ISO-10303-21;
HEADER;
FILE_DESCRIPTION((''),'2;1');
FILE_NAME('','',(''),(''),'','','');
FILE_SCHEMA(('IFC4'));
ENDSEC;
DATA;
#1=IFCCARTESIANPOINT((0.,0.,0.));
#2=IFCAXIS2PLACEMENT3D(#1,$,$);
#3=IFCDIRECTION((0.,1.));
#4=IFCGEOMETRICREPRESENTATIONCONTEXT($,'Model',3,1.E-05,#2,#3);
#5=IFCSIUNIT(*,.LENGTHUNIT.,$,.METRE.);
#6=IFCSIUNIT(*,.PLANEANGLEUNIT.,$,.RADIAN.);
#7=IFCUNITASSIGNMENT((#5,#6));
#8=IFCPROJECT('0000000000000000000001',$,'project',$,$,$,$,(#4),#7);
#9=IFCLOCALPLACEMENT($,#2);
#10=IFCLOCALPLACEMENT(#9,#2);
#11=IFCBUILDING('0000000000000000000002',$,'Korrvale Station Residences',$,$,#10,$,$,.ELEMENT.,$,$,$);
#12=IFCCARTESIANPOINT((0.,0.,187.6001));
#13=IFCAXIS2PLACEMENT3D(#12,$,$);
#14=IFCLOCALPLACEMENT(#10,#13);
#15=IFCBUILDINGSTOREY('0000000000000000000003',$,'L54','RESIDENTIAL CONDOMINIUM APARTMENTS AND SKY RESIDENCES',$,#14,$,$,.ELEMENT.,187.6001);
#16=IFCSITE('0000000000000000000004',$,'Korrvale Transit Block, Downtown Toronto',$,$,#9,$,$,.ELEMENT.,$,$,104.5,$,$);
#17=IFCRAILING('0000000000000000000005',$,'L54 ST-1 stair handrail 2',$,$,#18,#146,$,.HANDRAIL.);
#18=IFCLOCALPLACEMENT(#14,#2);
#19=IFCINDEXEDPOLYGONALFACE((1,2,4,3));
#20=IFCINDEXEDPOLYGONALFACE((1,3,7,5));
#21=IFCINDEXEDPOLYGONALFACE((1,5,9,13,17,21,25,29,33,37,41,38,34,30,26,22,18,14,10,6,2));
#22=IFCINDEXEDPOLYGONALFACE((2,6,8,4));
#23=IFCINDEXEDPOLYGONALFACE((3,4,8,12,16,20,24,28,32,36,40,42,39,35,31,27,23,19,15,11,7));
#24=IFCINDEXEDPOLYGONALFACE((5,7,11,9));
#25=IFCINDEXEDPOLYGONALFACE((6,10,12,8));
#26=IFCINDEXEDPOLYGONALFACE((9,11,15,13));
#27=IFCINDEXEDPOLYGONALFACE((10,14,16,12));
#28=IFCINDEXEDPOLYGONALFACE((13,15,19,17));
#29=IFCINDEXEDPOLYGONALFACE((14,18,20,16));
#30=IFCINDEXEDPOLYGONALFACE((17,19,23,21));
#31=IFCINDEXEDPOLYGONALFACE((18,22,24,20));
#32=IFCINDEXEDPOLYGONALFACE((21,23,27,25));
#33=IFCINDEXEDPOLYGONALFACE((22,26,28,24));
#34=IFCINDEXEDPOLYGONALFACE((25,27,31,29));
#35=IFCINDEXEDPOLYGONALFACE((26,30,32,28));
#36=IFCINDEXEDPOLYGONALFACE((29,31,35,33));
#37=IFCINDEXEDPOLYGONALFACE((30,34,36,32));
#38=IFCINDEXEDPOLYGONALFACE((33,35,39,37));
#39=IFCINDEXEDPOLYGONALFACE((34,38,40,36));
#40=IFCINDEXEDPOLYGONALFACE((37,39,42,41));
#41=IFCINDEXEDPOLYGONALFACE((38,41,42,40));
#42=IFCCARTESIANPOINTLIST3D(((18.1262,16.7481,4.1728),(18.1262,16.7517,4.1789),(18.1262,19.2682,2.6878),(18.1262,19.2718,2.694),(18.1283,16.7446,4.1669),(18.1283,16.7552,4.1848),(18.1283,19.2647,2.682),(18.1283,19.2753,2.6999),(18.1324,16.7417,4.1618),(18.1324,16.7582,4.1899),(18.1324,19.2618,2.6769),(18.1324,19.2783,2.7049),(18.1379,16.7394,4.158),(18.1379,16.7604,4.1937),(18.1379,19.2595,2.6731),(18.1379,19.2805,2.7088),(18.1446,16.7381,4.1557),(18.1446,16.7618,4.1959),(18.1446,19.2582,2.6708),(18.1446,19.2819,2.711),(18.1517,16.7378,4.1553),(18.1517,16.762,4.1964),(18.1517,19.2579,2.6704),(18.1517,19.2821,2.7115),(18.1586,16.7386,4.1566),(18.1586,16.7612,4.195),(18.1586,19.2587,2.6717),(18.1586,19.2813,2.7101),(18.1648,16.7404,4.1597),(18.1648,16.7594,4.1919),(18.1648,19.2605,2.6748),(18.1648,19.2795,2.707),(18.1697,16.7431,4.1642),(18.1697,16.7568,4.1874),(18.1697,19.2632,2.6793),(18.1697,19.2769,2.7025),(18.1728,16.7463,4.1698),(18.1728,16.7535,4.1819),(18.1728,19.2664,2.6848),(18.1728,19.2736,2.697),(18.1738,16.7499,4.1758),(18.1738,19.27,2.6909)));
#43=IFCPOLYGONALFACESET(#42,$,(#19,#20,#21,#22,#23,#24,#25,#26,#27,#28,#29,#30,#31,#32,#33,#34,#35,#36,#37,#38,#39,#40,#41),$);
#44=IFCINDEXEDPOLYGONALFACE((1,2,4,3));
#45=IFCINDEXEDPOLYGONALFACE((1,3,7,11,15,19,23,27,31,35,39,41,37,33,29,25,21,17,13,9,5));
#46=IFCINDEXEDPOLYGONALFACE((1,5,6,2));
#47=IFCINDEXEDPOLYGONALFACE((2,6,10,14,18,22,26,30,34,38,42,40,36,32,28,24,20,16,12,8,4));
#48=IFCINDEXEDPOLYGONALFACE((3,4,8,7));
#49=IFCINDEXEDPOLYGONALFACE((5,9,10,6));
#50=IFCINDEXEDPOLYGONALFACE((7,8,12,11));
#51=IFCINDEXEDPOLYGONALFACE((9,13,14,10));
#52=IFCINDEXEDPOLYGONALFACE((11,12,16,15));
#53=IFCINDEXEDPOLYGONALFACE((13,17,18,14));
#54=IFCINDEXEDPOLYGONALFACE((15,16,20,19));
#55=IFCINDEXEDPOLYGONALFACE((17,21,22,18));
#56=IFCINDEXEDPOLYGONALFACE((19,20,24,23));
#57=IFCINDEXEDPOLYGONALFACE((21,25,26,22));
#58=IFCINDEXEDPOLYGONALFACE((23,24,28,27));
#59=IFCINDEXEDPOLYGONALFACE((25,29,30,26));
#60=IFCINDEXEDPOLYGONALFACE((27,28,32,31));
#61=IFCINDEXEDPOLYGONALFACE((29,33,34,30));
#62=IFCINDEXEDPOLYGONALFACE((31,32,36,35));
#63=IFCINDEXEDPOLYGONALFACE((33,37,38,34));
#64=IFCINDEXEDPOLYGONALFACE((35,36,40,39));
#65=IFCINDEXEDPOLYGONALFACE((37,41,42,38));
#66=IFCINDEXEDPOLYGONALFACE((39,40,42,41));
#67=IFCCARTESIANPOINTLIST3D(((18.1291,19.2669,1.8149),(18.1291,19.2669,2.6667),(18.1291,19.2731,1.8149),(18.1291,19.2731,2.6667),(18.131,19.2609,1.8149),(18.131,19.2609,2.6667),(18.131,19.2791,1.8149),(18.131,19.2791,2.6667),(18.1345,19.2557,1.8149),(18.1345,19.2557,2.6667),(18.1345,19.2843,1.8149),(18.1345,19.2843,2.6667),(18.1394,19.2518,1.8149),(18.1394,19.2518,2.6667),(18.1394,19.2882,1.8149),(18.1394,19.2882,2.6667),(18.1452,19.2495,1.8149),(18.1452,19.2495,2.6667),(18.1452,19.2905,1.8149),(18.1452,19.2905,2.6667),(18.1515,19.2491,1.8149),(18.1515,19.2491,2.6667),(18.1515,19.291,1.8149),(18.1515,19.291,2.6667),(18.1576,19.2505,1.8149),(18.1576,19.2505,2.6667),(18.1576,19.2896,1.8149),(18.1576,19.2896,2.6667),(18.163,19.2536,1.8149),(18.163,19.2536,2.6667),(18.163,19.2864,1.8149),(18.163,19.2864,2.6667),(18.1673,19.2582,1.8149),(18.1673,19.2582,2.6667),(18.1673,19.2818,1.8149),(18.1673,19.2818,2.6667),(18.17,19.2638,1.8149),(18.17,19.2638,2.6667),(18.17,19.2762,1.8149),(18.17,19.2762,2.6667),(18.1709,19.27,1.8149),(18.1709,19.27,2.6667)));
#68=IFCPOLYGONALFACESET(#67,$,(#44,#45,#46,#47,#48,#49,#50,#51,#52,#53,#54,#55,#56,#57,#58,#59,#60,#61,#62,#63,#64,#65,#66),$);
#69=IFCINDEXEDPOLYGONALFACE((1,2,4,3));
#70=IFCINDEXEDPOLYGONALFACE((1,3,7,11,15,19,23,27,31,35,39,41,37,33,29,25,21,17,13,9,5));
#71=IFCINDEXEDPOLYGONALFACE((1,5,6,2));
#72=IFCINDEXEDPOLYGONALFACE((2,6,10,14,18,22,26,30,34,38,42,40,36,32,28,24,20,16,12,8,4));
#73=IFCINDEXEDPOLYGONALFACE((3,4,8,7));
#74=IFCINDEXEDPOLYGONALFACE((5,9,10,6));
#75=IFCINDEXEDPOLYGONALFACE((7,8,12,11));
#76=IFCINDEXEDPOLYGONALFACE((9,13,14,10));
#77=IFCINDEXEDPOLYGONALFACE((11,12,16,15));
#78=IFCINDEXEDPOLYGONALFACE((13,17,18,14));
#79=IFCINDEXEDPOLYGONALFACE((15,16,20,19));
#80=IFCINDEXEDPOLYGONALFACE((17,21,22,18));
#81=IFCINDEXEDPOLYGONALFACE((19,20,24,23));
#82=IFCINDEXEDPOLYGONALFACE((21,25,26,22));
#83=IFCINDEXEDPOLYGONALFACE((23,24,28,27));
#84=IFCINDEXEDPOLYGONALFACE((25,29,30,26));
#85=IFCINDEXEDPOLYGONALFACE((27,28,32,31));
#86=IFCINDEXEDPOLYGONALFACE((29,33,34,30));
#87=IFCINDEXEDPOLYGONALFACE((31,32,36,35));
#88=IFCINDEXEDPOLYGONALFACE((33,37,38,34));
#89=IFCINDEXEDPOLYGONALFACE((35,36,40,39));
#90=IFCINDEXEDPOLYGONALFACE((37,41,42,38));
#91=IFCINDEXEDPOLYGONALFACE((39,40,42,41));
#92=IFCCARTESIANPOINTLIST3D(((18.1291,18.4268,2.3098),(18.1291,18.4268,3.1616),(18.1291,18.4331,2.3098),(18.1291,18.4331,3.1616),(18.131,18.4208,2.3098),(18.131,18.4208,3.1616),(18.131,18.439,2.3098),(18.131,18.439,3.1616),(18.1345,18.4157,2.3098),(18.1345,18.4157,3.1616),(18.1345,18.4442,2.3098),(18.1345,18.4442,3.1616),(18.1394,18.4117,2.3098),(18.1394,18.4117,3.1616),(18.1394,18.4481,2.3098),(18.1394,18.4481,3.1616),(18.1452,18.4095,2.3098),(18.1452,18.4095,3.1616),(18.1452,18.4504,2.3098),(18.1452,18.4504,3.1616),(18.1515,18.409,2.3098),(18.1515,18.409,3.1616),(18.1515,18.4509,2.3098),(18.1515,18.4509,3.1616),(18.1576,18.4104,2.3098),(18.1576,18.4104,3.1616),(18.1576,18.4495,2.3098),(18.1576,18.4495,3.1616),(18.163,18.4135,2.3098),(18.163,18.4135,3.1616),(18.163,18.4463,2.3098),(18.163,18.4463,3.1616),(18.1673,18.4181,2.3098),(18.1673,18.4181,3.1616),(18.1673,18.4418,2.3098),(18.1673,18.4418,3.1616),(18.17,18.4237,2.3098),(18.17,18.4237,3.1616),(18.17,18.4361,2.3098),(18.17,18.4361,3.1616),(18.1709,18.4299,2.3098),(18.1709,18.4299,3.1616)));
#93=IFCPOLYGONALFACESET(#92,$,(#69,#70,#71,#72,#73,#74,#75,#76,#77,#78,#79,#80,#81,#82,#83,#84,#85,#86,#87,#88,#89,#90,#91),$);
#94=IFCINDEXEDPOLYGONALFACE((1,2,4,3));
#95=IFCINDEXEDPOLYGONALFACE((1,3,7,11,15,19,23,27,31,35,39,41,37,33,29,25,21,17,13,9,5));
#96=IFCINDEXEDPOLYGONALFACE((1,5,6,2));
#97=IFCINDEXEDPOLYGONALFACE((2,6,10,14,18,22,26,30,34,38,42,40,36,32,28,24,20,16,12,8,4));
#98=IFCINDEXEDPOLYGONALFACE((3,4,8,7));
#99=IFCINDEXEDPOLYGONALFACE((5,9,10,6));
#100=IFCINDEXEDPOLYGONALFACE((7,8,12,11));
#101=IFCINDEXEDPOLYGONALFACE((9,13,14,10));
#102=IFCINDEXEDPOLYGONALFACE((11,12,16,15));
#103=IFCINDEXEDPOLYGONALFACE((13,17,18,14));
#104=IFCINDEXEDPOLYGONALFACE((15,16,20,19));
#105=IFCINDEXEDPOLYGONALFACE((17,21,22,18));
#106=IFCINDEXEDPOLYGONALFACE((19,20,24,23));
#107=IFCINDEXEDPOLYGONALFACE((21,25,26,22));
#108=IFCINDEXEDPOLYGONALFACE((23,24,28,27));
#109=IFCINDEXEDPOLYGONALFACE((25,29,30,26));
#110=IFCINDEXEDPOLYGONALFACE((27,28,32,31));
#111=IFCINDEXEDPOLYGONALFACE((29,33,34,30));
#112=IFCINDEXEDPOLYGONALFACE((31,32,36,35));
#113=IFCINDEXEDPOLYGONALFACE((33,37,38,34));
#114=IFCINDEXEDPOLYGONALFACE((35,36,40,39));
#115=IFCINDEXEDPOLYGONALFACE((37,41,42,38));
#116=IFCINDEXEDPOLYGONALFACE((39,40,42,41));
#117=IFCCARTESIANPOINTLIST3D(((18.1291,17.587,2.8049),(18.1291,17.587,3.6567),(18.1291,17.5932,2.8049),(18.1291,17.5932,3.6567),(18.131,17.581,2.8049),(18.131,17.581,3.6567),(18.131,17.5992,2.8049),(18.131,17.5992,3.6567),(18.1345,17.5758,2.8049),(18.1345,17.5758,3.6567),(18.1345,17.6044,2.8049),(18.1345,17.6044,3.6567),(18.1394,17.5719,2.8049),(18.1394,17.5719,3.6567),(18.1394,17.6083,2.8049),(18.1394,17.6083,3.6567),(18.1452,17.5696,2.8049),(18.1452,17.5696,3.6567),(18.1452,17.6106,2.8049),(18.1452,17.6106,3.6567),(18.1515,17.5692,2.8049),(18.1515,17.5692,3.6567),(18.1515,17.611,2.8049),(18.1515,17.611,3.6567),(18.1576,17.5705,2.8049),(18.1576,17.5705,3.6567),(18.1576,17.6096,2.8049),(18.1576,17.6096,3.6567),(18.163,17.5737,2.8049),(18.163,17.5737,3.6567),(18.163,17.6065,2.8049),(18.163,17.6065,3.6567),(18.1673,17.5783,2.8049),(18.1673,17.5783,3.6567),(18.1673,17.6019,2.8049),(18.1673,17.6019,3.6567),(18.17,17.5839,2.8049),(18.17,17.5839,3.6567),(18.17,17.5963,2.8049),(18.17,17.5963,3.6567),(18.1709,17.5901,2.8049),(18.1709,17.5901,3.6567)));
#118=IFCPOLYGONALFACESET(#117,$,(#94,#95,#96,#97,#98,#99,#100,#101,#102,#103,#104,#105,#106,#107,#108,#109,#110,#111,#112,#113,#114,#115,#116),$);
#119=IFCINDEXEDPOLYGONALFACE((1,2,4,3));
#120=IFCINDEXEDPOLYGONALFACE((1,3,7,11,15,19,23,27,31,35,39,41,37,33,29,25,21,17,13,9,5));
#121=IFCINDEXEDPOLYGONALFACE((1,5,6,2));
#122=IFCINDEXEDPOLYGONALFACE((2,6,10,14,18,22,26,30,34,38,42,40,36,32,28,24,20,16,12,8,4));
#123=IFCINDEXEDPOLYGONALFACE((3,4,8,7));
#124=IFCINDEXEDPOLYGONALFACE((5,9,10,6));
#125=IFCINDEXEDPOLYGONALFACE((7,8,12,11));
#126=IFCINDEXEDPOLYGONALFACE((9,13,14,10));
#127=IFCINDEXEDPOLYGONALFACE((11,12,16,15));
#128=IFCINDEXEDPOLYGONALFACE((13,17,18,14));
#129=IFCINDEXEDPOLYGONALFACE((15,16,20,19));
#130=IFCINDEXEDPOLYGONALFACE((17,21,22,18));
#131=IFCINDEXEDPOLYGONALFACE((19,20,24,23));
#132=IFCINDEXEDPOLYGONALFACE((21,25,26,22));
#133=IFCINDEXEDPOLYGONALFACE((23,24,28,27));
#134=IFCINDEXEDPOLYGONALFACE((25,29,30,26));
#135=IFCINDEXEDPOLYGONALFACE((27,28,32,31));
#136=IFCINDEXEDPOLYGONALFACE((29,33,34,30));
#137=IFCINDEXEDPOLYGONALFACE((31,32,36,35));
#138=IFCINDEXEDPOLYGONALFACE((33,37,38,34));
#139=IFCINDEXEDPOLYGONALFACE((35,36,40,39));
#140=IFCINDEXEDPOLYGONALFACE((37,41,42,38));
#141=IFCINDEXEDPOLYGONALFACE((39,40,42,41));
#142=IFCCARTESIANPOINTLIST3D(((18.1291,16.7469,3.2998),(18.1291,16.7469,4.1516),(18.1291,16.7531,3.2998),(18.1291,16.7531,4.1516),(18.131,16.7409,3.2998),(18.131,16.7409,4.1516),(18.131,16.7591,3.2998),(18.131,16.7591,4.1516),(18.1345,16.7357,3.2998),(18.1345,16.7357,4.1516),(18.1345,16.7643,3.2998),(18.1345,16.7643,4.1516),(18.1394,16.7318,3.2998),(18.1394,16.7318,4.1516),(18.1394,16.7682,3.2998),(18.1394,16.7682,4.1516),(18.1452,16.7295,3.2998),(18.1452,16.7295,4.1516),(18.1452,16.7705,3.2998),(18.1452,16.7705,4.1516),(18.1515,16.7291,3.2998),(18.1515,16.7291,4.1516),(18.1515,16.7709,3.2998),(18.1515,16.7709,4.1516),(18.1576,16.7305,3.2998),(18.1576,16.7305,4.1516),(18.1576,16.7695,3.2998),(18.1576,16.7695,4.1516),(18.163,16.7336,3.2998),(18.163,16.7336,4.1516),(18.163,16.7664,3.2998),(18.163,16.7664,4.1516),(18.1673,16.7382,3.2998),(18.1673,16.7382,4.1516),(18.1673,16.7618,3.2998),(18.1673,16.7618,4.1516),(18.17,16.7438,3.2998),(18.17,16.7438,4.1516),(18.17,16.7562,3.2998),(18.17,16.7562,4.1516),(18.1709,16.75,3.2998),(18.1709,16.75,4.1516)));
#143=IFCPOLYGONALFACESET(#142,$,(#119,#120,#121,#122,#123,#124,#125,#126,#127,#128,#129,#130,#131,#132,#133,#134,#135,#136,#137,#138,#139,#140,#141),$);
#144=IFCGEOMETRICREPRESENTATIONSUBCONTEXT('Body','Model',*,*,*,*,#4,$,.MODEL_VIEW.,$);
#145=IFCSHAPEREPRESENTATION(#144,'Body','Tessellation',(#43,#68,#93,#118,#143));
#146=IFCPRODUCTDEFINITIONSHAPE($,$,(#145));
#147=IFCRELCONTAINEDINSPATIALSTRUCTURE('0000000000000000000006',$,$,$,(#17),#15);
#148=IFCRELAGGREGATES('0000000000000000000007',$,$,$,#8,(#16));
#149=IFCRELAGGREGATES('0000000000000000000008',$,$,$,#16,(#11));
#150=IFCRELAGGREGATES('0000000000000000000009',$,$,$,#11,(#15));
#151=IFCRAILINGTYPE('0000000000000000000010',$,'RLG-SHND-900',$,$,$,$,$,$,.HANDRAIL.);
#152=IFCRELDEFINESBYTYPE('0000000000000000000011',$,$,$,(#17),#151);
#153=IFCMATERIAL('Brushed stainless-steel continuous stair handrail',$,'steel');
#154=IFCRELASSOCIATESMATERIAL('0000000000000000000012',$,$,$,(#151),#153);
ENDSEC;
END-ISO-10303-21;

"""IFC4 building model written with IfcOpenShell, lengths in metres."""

from ifc_helpers import new_model, si_unit, direction, frame, origin, origin_2d, place, context, subcontext, project, spatial, circle, extrude, material, type_object, element, save


model = new_model("IFC4")

# Units and contexts
model_context = context("Model", 3, precision=1e-05, world=origin(), true_north=direction((0.0, 1.0)))
body_context = subcontext(model_context, "Body", "Model", "MODEL_VIEW")
ifc_project = project(units=[si_unit("LENGTHUNIT", "METRE"), si_unit("PLANEANGLEUNIT", "RADIAN")], contexts=[model_context])

# Site, building, storey
site_placement = place(None, origin())
site = spatial("IfcSite", under=ifc_project, at=site_placement, Name="Korrvale Transit Block, Downtown Toronto", CompositionType="ELEMENT", RefElevation=104.5)
building_placement = place(site_placement, origin())
building = spatial("IfcBuilding", under=site, at=building_placement, Name="Korrvale Station Residences", CompositionType="ELEMENT")
storey_placement = place(building_placement, frame((0.0, 0.0, 187.6001)))
storey = spatial("IfcBuildingStorey", under=building, at=storey_placement, Name="L54", Description="RESIDENTIAL CONDOMINIUM APARTMENTS AND SKY RESIDENCES", CompositionType="ELEMENT", Elevation=187.6001)

# Railing
ifc_material_1 = material(Name="Brushed stainless-steel continuous stair handrail", Category="steel")
railing_type_1 = type_object("IfcRailingType", Name="RLG-SHND-900", PredefinedType="HANDRAIL", material=ifc_material_1)
railing_1_placement = place(storey_placement, frame((18.1499, 19.27, 1.8149)))
element("IfcRailing", 1, at=railing_1_placement, inside=storey, type_object=railing_type_1, Name="L54 ST-1 stair handrail 2", PredefinedType="HANDRAIL", context=body_context, shape_type="SweptSolid", body=[
    extrude(circle(Radius=0.0239, at=origin_2d()), frame((0.0, 0.0, 0.876), z_axis=(0.0, -0.861561, 0.507655), x_axis=(1.0, 0.0, 0.0)), (0.0, 0.0, 1.0), 2.925),
    extrude(circle(Radius=0.021, at=origin_2d()), origin(), (0.0, 0.0, 1.0), 0.8518),
    extrude(circle(Radius=0.021, at=origin_2d()), frame((0.0, -0.8401, 0.4949)), (0.0, 0.0, 1.0), 0.8518),
    extrude(circle(Radius=0.021, at=origin_2d()), frame((0.0, -1.6799, 0.99)), (0.0, 0.0, 1.0), 0.8518),
    extrude(circle(Radius=0.021, at=origin_2d()), frame((0.0, -2.52, 1.4849)), (0.0, 0.0, 1.0), 0.8518),
])

save(model, "model.ifc")
